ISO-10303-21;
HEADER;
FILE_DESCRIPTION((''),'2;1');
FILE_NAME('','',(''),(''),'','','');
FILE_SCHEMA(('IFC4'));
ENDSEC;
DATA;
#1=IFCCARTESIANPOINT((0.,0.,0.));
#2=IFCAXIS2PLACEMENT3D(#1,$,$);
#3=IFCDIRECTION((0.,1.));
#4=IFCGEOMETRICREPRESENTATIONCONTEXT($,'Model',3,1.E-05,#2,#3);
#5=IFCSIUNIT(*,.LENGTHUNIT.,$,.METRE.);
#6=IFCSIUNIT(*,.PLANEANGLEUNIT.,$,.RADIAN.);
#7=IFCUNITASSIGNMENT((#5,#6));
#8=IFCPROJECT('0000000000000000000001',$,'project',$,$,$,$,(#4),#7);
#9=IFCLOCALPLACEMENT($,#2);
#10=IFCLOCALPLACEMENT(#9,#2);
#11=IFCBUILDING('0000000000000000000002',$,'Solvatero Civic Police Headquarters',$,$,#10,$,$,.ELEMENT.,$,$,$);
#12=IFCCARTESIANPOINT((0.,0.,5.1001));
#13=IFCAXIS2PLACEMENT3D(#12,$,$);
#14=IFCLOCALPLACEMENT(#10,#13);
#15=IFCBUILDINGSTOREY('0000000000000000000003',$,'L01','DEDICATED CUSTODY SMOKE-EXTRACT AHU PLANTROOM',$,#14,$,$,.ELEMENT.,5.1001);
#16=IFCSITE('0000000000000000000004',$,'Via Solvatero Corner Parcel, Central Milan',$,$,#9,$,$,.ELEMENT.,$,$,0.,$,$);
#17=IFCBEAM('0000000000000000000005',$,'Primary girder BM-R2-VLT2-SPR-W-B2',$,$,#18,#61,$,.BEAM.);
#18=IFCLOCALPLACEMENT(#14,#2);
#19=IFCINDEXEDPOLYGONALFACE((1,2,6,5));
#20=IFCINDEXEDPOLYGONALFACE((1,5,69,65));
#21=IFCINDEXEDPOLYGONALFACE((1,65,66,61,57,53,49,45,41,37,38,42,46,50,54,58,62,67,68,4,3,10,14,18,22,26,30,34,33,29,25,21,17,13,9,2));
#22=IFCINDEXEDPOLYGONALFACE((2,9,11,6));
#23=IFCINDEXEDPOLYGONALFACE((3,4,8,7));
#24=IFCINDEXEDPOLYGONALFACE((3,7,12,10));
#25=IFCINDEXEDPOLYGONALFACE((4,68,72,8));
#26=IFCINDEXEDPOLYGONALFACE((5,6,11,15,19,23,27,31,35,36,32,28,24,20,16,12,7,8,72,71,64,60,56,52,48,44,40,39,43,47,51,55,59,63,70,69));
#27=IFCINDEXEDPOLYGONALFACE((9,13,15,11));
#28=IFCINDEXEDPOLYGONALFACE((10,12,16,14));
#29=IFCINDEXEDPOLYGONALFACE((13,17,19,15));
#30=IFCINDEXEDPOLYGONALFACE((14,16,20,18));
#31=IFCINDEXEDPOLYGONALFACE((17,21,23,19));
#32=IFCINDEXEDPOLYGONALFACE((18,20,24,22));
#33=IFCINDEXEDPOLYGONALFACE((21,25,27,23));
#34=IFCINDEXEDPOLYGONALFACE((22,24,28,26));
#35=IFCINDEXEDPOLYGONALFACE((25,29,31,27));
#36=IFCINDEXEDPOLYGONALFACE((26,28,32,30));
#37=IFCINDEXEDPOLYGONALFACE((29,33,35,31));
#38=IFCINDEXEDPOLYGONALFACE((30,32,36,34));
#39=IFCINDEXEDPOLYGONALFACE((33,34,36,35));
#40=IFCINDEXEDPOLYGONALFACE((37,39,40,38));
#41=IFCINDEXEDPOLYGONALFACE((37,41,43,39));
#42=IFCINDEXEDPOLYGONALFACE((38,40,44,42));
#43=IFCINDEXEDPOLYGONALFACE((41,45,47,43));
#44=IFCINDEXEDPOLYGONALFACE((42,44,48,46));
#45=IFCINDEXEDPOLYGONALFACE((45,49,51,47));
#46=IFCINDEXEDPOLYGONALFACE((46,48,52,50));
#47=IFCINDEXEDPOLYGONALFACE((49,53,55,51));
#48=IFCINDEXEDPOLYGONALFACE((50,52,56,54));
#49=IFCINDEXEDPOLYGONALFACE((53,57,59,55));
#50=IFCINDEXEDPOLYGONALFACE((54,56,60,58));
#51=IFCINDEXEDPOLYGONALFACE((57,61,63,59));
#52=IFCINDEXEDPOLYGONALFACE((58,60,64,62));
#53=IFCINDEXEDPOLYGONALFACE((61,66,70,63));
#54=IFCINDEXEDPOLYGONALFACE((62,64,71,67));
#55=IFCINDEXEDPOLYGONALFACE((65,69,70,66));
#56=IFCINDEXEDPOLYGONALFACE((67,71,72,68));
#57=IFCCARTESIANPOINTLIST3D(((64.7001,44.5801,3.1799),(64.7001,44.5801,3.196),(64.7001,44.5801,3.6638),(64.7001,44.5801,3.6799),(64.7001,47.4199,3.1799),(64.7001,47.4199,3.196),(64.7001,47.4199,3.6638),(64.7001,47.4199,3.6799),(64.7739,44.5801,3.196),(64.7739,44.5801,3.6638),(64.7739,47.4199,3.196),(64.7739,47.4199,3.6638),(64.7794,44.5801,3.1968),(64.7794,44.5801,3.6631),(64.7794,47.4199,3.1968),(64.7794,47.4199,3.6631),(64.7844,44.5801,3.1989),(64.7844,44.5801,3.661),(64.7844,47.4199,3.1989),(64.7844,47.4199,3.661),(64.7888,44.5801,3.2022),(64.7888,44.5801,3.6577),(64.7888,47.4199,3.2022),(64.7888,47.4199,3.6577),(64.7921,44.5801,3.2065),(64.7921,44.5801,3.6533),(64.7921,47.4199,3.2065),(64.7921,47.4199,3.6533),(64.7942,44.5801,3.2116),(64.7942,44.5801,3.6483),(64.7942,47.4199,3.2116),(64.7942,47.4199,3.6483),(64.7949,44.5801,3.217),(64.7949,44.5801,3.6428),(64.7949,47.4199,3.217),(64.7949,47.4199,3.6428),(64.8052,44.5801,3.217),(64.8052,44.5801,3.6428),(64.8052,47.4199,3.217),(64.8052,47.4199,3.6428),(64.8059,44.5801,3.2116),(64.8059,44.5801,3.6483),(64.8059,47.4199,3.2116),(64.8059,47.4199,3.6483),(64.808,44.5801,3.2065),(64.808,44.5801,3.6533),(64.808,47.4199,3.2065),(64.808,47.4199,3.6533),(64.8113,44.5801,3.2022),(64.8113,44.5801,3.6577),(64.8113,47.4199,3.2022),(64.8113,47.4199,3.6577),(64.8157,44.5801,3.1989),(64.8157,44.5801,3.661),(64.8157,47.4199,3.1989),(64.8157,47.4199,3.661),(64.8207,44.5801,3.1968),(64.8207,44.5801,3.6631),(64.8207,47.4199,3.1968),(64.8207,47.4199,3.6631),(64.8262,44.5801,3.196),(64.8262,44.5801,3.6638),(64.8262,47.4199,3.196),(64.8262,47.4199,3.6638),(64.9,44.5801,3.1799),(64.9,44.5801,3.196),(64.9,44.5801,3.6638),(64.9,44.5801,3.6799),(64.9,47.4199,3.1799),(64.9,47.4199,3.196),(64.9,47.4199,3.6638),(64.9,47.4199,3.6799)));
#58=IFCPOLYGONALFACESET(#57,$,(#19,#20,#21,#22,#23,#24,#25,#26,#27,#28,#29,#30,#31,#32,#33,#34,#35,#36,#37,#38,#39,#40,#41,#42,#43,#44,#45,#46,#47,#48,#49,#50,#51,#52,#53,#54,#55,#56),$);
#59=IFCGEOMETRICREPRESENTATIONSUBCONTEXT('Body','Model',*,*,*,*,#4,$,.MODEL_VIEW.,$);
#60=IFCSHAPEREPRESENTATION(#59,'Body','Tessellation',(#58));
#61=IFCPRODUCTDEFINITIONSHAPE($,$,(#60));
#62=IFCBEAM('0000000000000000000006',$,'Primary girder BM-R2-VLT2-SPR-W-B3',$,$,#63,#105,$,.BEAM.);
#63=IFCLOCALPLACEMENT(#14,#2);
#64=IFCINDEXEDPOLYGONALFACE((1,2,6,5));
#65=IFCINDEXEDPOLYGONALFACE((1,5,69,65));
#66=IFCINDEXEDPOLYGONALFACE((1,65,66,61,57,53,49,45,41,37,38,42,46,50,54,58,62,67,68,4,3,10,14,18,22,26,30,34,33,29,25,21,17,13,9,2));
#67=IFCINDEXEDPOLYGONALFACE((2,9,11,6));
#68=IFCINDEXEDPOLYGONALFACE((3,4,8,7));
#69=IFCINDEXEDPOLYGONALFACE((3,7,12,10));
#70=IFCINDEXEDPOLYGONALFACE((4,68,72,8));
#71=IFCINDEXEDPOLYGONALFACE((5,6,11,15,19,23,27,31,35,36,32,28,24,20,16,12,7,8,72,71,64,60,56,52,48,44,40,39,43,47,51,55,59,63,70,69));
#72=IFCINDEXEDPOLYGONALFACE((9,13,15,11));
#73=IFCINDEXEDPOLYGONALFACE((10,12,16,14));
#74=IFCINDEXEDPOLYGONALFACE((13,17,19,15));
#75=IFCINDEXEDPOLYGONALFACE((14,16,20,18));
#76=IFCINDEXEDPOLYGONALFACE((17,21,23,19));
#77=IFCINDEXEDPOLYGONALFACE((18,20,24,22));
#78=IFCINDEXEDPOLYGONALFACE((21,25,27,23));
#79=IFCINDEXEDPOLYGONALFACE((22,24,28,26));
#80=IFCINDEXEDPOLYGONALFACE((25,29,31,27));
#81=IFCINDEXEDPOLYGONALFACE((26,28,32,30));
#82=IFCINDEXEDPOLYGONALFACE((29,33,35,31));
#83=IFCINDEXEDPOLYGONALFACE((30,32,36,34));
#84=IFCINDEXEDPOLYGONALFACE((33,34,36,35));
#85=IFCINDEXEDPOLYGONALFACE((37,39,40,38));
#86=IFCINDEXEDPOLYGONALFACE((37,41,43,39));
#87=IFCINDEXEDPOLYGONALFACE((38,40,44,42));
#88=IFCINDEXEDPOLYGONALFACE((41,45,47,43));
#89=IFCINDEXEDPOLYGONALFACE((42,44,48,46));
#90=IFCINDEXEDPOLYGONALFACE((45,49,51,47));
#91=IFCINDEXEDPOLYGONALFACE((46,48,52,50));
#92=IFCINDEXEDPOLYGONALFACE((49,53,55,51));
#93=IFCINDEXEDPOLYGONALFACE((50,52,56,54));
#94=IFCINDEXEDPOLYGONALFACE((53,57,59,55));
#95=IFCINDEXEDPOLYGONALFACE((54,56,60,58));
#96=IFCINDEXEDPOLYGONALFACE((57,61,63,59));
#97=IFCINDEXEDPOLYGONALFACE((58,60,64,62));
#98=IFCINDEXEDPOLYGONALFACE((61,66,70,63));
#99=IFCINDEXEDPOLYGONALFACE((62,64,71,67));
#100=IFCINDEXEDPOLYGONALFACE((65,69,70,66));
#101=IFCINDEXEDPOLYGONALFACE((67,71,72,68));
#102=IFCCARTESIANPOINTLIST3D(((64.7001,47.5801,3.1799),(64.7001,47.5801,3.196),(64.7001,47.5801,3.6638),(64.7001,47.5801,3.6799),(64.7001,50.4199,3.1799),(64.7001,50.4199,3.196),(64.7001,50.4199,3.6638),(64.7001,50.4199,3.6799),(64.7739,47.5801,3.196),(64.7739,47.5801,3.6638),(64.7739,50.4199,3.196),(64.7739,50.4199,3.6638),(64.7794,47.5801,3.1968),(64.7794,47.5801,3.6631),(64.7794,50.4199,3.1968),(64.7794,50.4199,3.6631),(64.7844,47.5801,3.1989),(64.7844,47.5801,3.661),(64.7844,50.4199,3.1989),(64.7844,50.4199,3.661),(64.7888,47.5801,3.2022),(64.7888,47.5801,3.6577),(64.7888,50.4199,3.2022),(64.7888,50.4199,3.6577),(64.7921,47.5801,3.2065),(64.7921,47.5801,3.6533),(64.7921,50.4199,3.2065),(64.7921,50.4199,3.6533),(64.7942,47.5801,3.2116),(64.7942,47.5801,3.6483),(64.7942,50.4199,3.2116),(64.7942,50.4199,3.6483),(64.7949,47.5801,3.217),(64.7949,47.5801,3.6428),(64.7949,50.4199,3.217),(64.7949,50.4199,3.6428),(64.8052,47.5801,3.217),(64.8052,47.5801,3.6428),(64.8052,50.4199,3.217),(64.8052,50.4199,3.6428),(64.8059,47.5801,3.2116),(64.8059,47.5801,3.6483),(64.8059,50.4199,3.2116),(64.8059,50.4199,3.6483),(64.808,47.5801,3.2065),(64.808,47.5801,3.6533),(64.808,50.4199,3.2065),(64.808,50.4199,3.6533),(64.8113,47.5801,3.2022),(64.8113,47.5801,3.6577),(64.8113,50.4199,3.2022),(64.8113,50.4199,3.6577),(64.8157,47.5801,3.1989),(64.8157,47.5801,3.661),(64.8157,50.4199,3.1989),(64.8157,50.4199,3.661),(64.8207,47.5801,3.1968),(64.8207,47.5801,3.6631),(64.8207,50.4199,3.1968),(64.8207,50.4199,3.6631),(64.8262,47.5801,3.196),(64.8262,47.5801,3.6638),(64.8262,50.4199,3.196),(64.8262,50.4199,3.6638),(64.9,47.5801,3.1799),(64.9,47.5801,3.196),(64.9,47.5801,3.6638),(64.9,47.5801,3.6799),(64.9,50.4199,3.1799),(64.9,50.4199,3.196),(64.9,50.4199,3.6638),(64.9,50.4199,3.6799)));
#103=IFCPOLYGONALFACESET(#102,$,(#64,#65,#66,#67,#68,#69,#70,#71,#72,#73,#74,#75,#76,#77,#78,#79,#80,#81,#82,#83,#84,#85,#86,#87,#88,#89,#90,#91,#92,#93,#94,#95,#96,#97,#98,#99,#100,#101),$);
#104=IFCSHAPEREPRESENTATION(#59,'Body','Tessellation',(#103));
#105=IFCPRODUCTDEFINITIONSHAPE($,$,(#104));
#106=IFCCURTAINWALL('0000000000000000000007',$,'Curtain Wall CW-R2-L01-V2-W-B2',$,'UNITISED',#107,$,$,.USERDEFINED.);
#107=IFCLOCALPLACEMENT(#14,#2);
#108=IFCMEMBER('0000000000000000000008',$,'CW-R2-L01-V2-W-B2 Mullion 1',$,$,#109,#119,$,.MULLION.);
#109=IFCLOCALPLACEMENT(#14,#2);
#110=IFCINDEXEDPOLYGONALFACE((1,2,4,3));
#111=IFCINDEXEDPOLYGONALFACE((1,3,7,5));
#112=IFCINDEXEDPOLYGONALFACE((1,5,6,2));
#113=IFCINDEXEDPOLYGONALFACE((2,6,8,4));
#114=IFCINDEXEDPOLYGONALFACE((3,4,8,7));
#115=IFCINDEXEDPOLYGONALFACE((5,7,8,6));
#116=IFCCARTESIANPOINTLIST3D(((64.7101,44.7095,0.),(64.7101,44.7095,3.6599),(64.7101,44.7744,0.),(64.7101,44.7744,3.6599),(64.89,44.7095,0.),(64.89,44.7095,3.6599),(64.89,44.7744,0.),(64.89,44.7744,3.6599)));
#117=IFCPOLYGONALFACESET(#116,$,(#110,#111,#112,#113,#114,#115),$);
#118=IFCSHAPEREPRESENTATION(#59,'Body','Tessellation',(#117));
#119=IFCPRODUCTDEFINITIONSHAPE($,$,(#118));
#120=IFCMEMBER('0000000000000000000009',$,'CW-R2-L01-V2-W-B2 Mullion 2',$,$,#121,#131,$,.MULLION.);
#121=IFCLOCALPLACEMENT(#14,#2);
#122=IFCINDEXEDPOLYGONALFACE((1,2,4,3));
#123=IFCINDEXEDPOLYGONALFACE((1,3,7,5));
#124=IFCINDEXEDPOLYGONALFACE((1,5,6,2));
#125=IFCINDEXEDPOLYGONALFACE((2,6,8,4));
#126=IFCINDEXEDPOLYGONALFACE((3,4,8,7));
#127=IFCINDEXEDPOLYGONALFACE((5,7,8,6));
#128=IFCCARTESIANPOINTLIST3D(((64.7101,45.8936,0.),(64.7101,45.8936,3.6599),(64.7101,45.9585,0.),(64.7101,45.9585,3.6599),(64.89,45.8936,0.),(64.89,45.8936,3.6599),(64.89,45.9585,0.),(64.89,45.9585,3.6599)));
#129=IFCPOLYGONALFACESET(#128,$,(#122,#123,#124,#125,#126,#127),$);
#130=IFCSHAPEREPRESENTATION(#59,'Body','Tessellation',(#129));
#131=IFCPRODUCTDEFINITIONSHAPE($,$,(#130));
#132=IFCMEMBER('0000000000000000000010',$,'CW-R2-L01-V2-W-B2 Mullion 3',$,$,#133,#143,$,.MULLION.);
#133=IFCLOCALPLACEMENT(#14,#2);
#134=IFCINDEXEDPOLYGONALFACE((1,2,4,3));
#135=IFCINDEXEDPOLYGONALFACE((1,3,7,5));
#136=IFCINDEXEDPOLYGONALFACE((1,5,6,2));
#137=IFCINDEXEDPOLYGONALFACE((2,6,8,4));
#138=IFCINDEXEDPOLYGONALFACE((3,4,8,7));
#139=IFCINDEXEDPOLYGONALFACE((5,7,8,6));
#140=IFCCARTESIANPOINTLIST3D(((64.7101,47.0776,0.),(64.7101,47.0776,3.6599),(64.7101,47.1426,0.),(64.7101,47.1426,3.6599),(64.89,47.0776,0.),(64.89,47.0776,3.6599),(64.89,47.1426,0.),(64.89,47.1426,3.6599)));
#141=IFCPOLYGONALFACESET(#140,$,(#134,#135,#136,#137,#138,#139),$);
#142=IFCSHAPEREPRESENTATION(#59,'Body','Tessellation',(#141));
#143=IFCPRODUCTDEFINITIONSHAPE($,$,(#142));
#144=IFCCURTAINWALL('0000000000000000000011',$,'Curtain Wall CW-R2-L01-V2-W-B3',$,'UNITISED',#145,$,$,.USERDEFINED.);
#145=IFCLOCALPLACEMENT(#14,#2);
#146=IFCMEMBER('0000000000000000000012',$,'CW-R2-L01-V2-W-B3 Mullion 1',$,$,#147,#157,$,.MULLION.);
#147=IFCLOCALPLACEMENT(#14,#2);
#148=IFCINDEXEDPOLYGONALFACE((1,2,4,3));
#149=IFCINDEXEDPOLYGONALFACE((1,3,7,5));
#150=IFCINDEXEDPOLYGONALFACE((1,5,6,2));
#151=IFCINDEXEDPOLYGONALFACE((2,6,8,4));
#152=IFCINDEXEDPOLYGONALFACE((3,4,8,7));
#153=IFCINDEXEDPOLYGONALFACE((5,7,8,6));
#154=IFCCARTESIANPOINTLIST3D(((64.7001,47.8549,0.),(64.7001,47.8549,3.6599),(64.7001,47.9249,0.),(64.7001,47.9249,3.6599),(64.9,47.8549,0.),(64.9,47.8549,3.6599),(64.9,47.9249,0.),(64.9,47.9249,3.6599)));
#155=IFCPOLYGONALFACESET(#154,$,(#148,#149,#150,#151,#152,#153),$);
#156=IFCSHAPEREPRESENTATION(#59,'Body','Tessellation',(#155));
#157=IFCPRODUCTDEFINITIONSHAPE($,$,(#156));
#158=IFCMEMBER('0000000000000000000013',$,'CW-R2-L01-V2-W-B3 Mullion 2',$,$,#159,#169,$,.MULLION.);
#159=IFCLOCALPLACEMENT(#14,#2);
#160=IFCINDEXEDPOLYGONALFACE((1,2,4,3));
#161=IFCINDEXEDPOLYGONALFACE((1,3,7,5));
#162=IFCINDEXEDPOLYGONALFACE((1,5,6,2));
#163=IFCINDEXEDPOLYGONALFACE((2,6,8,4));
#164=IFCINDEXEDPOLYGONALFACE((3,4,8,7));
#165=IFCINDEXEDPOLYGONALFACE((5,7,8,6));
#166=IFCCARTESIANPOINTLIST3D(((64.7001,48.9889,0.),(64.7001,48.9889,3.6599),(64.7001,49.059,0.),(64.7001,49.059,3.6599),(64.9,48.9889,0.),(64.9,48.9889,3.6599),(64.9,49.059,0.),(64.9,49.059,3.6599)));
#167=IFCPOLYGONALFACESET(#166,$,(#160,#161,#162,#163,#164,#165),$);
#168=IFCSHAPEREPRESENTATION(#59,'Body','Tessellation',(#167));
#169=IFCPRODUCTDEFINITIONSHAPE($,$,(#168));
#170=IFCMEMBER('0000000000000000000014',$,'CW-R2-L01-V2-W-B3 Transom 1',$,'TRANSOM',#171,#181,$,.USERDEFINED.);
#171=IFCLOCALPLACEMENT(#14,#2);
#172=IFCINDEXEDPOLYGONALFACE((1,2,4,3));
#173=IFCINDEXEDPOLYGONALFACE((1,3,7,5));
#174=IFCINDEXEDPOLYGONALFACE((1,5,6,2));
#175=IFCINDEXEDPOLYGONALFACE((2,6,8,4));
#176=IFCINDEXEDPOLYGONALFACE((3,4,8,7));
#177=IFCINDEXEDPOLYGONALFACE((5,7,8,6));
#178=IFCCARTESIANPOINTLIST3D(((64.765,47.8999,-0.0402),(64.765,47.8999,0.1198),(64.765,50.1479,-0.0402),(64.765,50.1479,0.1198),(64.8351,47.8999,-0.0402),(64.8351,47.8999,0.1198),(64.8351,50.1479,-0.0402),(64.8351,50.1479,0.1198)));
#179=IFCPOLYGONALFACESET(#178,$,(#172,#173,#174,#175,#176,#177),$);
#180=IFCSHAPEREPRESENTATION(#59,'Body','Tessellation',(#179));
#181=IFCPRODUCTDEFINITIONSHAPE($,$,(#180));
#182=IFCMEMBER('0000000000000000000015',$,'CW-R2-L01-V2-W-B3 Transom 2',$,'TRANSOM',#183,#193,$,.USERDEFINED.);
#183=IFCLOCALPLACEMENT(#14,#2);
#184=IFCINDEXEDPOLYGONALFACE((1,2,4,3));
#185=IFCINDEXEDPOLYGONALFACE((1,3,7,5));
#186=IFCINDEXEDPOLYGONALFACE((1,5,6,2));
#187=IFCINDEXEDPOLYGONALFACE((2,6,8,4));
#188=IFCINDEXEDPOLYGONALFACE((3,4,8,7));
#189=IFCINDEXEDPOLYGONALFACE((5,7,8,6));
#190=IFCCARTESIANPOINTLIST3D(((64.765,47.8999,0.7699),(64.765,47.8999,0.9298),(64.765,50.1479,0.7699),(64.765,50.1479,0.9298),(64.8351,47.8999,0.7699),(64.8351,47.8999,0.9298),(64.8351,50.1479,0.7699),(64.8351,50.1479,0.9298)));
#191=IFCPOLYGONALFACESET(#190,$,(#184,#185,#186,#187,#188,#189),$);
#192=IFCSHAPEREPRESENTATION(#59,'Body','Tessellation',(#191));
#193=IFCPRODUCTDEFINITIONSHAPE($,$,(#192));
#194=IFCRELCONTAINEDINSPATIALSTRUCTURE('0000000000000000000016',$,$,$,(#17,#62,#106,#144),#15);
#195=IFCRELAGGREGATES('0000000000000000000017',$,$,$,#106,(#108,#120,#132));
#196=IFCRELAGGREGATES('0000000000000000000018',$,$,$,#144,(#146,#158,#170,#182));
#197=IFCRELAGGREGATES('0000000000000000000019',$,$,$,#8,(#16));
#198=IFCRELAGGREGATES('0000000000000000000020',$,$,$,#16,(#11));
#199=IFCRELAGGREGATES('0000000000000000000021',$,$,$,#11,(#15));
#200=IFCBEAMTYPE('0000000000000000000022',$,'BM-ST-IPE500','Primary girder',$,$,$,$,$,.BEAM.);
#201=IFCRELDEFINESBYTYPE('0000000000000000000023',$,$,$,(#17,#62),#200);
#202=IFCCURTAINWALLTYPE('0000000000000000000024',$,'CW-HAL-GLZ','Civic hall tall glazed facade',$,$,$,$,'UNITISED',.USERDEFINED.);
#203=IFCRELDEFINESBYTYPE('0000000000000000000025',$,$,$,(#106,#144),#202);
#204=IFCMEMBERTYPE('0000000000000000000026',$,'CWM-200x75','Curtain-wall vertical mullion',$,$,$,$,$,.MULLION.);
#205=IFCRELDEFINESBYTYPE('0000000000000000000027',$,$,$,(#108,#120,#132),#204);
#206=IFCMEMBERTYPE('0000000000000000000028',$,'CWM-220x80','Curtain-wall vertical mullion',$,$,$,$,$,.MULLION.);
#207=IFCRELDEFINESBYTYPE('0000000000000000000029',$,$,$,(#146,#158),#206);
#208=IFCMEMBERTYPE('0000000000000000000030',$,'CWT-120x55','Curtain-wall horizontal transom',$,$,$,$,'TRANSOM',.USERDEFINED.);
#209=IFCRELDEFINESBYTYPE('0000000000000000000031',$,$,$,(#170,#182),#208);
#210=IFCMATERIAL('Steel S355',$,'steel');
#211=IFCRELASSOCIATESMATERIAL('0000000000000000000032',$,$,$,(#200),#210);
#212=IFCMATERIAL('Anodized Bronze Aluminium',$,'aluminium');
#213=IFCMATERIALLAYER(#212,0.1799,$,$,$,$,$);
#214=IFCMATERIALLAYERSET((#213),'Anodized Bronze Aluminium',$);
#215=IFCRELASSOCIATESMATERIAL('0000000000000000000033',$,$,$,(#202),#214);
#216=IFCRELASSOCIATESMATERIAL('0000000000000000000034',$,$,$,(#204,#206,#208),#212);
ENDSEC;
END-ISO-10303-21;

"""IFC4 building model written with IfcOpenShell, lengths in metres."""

from ifc_helpers import new_model, si_unit, direction, frame, origin, origin_2d, place, context, subcontext, project, spatial, rectangle, i_section, extrude, material, layer, layer_set, material_profile, profile_set, type_object, element, aggregate, save


model = new_model("IFC4")

# Units and contexts
model_context = context("Model", 3, precision=1e-05, world=origin(), true_north=direction((0.0, 1.0)))
body_context = subcontext(model_context, "Body", "Model", "MODEL_VIEW")
ifc_project = project(units=[si_unit("LENGTHUNIT", "METRE"), si_unit("PLANEANGLEUNIT", "RADIAN")], contexts=[model_context])

# Site, building, storey
site_placement = place(None, origin())
site = spatial("IfcSite", under=ifc_project, at=site_placement, Name="Via Solvatero Corner Parcel, Central Milan", CompositionType="ELEMENT", RefElevation=0.0)
building_placement = place(site_placement, origin())
building = spatial("IfcBuilding", under=site, at=building_placement, Name="Solvatero Civic Police Headquarters", CompositionType="ELEMENT")
storey_placement = place(building_placement, frame((0.0, 0.0, 5.1001)))
storey = spatial("IfcBuildingStorey", under=building, at=storey_placement, Name="L01", Description="DEDICATED CUSTODY SMOKE-EXTRACT AHU PLANTROOM", CompositionType="ELEMENT", Elevation=5.1001)

# Shared definitions
ifc_material_1 = material(Name="Steel S355", Category="steel")

# Beams
ifc_material_profile_1 = material_profile(ifc_material_1, i_section(OverallWidth=0.2, OverallDepth=0.5, WebThickness=0.0103, FlangeThickness=0.0161, FilletRadius=0.021, at=origin_2d()), Name="IPE 500")
ifc_profile_set_1 = profile_set([ifc_material_profile_1], Name="Steel S355")
beam_type_1 = type_object("IfcBeamType", Name="BM-ST-IPE500", Description="Primary girder", PredefinedType="BEAM", material=ifc_profile_set_1)
for number, where, z_axis, x_axis, name in (
    (1, (64.8, 44.5801, 3.4299), (0.0, 1.0, 0.0), (-1.0, 0.0, 0.0), "Primary girder BM-R2-VLT2-SPR-W-B2"),
    (2, (64.8, 47.5801, 3.4299), (0.0, 1.0, 0.0), (-1.0, 0.0, 0.0), "Primary girder BM-R2-VLT2-SPR-W-B3"),
):
    element("IfcBeam", number, at=place(storey_placement, frame(where, z_axis=z_axis, x_axis=x_axis)), inside=storey, type_object=beam_type_1, Name=name, PredefinedType="BEAM", context=body_context, shape_type="SweptSolid", body=[
        extrude(i_section(OverallWidth=0.2, OverallDepth=0.5, WebThickness=0.0103, FlangeThickness=0.0161, FilletRadius=0.021, at=origin_2d()), origin(), (0.0, 0.0, 1.0), 2.8398),
    ])

# Curtain walls, members
ifc_material_2 = material(Name="Anodized Bronze Aluminium", Category="aluminium")
ifc_layer_1 = layer(ifc_material_2, 0.1799)
ifc_layer_set_1 = layer_set([ifc_layer_1], Name="Anodized Bronze Aluminium")
curtain_wall_type = type_object("IfcCurtainWallType", Name="CW-HAL-GLZ", Description="Civic hall tall glazed facade", ElementType="UNITISED", PredefinedType="USERDEFINED", material=ifc_layer_set_1)
curtain_wall_1_placement = place(storey_placement, origin())
curtain_wall_1 = element("IfcCurtainWall", 3, at=curtain_wall_1_placement, inside=storey, type_object=curtain_wall_type, Name="Curtain Wall CW-R2-L01-V2-W-B2", ObjectType="UNITISED", PredefinedType="USERDEFINED")
ifc_material_profile_2 = material_profile(ifc_material_2, rectangle(XDim=0.0649, YDim=0.1799, at=origin_2d()), Name="ALU MULLION 65x180")
ifc_profile_set_2 = profile_set([ifc_material_profile_2], Name="Anodized Bronze Aluminium")
member_type_1 = type_object("IfcMemberType", Name="CWM-200x75", Description="Curtain-wall vertical mullion", PredefinedType="MULLION", material=ifc_profile_set_2)
member_1_placement = place(storey_placement, frame((64.8, 44.7419, 0.0), z_axis=(0.0, 0.0, 1.0), x_axis=(0.0, 1.0, 0.0)))
member_1 = element("IfcMember", 4, at=member_1_placement, type_object=member_type_1, Name="CW-R2-L01-V2-W-B2 Mullion 1", PredefinedType="MULLION", context=body_context, shape_type="SweptSolid", body=[
    extrude(rectangle(XDim=0.0649, YDim=0.1799, at=origin_2d()), origin(), (0.0, 0.0, 1.0), 3.6599),
])
member_2_placement = place(storey_placement, frame((64.8, 45.926, 0.0), z_axis=(0.0, 0.0, 1.0), x_axis=(0.0, 1.0, 0.0)))
member_2 = element("IfcMember", 5, at=member_2_placement, type_object=member_type_1, Name="CW-R2-L01-V2-W-B2 Mullion 2", PredefinedType="MULLION", context=body_context, shape_type="SweptSolid", body=[
    extrude(rectangle(XDim=0.0649, YDim=0.1799, at=origin_2d()), origin(), (0.0, 0.0, 1.0), 3.6599),
])
member_3_placement = place(storey_placement, frame((64.8, 47.1101, 0.0), z_axis=(0.0, 0.0, 1.0), x_axis=(0.0, 1.0, 0.0)))
member_3 = element("IfcMember", 6, at=member_3_placement, type_object=member_type_1, Name="CW-R2-L01-V2-W-B2 Mullion 3", PredefinedType="MULLION", context=body_context, shape_type="SweptSolid", body=[
    extrude(rectangle(XDim=0.0649, YDim=0.1799, at=origin_2d()), origin(), (0.0, 0.0, 1.0), 3.6599),
])
curtain_wall_2_placement = place(storey_placement, origin())
curtain_wall_2 = element("IfcCurtainWall", 7, at=curtain_wall_2_placement, inside=storey, type_object=curtain_wall_type, Name="Curtain Wall CW-R2-L01-V2-W-B3", ObjectType="UNITISED", PredefinedType="USERDEFINED")
ifc_material_profile_3 = material_profile(ifc_material_2, rectangle(XDim=0.0701, YDim=0.2, at=origin_2d()), Name="ALU MULLION 70x200")
ifc_profile_set_3 = profile_set([ifc_material_profile_3], Name="Anodized Bronze Aluminium")
member_type_2 = type_object("IfcMemberType", Name="CWM-220x80", Description="Curtain-wall vertical mullion", PredefinedType="MULLION", material=ifc_profile_set_3)
member_4_placement = place(storey_placement, frame((64.8, 47.8899, 0.0), z_axis=(0.0, 0.0, 1.0), x_axis=(0.0, 1.0, 0.0)))
member_4 = element("IfcMember", 8, at=member_4_placement, type_object=member_type_2, Name="CW-R2-L01-V2-W-B3 Mullion 1", PredefinedType="MULLION", context=body_context, shape_type="SweptSolid", body=[
    extrude(rectangle(XDim=0.0701, YDim=0.2, at=origin_2d()), origin(), (0.0, 0.0, 1.0), 3.6599),
])
member_5_placement = place(storey_placement, frame((64.8, 49.0239, 0.0), z_axis=(0.0, 0.0, 1.0), x_axis=(0.0, 1.0, 0.0)))
member_5 = element("IfcMember", 9, at=member_5_placement, type_object=member_type_2, Name="CW-R2-L01-V2-W-B3 Mullion 2", PredefinedType="MULLION", context=body_context, shape_type="SweptSolid", body=[
    extrude(rectangle(XDim=0.0701, YDim=0.2, at=origin_2d()), origin(), (0.0, 0.0, 1.0), 3.6599),
])
ifc_material_profile_4 = material_profile(ifc_material_2, rectangle(XDim=0.0701, YDim=0.1599, at=origin_2d()), Name="ALU TRANSOM 70x160")
ifc_profile_set_4 = profile_set([ifc_material_profile_4], Name="Anodized Bronze Aluminium")
member_type_3 = type_object("IfcMemberType", Name="CWT-120x55", Description="Curtain-wall horizontal transom", ElementType="TRANSOM", PredefinedType="USERDEFINED", material=ifc_profile_set_4)
member_6_placement = place(storey_placement, frame((64.8, 47.8999, 0.0398), z_axis=(0.0, 1.0, 0.0), x_axis=(-1.0, 0.0, 0.0)))
member_6 = element("IfcMember", 10, at=member_6_placement, type_object=member_type_3, Name="CW-R2-L01-V2-W-B3 Transom 1", ObjectType="TRANSOM", PredefinedType="USERDEFINED", context=body_context, shape_type="SweptSolid", body=[
    extrude(rectangle(XDim=0.0701, YDim=0.1599, at=origin_2d()), origin(), (0.0, 0.0, 1.0), 2.248),
])
member_7_placement = place(storey_placement, frame((64.8, 47.8999, 0.8499), z_axis=(0.0, 1.0, 0.0), x_axis=(-1.0, 0.0, 0.0)))
member_7 = element("IfcMember", 11, at=member_7_placement, type_object=member_type_3, Name="CW-R2-L01-V2-W-B3 Transom 2", ObjectType="TRANSOM", PredefinedType="USERDEFINED", context=body_context, shape_type="SweptSolid", body=[
    extrude(rectangle(XDim=0.0701, YDim=0.1599, at=origin_2d()), origin(), (0.0, 0.0, 1.0), 2.248),
])

aggregate(curtain_wall_1, [member_1, member_2, member_3])
aggregate(curtain_wall_2, [member_4, member_5, member_6, member_7])

save(model, "model.ifc")
